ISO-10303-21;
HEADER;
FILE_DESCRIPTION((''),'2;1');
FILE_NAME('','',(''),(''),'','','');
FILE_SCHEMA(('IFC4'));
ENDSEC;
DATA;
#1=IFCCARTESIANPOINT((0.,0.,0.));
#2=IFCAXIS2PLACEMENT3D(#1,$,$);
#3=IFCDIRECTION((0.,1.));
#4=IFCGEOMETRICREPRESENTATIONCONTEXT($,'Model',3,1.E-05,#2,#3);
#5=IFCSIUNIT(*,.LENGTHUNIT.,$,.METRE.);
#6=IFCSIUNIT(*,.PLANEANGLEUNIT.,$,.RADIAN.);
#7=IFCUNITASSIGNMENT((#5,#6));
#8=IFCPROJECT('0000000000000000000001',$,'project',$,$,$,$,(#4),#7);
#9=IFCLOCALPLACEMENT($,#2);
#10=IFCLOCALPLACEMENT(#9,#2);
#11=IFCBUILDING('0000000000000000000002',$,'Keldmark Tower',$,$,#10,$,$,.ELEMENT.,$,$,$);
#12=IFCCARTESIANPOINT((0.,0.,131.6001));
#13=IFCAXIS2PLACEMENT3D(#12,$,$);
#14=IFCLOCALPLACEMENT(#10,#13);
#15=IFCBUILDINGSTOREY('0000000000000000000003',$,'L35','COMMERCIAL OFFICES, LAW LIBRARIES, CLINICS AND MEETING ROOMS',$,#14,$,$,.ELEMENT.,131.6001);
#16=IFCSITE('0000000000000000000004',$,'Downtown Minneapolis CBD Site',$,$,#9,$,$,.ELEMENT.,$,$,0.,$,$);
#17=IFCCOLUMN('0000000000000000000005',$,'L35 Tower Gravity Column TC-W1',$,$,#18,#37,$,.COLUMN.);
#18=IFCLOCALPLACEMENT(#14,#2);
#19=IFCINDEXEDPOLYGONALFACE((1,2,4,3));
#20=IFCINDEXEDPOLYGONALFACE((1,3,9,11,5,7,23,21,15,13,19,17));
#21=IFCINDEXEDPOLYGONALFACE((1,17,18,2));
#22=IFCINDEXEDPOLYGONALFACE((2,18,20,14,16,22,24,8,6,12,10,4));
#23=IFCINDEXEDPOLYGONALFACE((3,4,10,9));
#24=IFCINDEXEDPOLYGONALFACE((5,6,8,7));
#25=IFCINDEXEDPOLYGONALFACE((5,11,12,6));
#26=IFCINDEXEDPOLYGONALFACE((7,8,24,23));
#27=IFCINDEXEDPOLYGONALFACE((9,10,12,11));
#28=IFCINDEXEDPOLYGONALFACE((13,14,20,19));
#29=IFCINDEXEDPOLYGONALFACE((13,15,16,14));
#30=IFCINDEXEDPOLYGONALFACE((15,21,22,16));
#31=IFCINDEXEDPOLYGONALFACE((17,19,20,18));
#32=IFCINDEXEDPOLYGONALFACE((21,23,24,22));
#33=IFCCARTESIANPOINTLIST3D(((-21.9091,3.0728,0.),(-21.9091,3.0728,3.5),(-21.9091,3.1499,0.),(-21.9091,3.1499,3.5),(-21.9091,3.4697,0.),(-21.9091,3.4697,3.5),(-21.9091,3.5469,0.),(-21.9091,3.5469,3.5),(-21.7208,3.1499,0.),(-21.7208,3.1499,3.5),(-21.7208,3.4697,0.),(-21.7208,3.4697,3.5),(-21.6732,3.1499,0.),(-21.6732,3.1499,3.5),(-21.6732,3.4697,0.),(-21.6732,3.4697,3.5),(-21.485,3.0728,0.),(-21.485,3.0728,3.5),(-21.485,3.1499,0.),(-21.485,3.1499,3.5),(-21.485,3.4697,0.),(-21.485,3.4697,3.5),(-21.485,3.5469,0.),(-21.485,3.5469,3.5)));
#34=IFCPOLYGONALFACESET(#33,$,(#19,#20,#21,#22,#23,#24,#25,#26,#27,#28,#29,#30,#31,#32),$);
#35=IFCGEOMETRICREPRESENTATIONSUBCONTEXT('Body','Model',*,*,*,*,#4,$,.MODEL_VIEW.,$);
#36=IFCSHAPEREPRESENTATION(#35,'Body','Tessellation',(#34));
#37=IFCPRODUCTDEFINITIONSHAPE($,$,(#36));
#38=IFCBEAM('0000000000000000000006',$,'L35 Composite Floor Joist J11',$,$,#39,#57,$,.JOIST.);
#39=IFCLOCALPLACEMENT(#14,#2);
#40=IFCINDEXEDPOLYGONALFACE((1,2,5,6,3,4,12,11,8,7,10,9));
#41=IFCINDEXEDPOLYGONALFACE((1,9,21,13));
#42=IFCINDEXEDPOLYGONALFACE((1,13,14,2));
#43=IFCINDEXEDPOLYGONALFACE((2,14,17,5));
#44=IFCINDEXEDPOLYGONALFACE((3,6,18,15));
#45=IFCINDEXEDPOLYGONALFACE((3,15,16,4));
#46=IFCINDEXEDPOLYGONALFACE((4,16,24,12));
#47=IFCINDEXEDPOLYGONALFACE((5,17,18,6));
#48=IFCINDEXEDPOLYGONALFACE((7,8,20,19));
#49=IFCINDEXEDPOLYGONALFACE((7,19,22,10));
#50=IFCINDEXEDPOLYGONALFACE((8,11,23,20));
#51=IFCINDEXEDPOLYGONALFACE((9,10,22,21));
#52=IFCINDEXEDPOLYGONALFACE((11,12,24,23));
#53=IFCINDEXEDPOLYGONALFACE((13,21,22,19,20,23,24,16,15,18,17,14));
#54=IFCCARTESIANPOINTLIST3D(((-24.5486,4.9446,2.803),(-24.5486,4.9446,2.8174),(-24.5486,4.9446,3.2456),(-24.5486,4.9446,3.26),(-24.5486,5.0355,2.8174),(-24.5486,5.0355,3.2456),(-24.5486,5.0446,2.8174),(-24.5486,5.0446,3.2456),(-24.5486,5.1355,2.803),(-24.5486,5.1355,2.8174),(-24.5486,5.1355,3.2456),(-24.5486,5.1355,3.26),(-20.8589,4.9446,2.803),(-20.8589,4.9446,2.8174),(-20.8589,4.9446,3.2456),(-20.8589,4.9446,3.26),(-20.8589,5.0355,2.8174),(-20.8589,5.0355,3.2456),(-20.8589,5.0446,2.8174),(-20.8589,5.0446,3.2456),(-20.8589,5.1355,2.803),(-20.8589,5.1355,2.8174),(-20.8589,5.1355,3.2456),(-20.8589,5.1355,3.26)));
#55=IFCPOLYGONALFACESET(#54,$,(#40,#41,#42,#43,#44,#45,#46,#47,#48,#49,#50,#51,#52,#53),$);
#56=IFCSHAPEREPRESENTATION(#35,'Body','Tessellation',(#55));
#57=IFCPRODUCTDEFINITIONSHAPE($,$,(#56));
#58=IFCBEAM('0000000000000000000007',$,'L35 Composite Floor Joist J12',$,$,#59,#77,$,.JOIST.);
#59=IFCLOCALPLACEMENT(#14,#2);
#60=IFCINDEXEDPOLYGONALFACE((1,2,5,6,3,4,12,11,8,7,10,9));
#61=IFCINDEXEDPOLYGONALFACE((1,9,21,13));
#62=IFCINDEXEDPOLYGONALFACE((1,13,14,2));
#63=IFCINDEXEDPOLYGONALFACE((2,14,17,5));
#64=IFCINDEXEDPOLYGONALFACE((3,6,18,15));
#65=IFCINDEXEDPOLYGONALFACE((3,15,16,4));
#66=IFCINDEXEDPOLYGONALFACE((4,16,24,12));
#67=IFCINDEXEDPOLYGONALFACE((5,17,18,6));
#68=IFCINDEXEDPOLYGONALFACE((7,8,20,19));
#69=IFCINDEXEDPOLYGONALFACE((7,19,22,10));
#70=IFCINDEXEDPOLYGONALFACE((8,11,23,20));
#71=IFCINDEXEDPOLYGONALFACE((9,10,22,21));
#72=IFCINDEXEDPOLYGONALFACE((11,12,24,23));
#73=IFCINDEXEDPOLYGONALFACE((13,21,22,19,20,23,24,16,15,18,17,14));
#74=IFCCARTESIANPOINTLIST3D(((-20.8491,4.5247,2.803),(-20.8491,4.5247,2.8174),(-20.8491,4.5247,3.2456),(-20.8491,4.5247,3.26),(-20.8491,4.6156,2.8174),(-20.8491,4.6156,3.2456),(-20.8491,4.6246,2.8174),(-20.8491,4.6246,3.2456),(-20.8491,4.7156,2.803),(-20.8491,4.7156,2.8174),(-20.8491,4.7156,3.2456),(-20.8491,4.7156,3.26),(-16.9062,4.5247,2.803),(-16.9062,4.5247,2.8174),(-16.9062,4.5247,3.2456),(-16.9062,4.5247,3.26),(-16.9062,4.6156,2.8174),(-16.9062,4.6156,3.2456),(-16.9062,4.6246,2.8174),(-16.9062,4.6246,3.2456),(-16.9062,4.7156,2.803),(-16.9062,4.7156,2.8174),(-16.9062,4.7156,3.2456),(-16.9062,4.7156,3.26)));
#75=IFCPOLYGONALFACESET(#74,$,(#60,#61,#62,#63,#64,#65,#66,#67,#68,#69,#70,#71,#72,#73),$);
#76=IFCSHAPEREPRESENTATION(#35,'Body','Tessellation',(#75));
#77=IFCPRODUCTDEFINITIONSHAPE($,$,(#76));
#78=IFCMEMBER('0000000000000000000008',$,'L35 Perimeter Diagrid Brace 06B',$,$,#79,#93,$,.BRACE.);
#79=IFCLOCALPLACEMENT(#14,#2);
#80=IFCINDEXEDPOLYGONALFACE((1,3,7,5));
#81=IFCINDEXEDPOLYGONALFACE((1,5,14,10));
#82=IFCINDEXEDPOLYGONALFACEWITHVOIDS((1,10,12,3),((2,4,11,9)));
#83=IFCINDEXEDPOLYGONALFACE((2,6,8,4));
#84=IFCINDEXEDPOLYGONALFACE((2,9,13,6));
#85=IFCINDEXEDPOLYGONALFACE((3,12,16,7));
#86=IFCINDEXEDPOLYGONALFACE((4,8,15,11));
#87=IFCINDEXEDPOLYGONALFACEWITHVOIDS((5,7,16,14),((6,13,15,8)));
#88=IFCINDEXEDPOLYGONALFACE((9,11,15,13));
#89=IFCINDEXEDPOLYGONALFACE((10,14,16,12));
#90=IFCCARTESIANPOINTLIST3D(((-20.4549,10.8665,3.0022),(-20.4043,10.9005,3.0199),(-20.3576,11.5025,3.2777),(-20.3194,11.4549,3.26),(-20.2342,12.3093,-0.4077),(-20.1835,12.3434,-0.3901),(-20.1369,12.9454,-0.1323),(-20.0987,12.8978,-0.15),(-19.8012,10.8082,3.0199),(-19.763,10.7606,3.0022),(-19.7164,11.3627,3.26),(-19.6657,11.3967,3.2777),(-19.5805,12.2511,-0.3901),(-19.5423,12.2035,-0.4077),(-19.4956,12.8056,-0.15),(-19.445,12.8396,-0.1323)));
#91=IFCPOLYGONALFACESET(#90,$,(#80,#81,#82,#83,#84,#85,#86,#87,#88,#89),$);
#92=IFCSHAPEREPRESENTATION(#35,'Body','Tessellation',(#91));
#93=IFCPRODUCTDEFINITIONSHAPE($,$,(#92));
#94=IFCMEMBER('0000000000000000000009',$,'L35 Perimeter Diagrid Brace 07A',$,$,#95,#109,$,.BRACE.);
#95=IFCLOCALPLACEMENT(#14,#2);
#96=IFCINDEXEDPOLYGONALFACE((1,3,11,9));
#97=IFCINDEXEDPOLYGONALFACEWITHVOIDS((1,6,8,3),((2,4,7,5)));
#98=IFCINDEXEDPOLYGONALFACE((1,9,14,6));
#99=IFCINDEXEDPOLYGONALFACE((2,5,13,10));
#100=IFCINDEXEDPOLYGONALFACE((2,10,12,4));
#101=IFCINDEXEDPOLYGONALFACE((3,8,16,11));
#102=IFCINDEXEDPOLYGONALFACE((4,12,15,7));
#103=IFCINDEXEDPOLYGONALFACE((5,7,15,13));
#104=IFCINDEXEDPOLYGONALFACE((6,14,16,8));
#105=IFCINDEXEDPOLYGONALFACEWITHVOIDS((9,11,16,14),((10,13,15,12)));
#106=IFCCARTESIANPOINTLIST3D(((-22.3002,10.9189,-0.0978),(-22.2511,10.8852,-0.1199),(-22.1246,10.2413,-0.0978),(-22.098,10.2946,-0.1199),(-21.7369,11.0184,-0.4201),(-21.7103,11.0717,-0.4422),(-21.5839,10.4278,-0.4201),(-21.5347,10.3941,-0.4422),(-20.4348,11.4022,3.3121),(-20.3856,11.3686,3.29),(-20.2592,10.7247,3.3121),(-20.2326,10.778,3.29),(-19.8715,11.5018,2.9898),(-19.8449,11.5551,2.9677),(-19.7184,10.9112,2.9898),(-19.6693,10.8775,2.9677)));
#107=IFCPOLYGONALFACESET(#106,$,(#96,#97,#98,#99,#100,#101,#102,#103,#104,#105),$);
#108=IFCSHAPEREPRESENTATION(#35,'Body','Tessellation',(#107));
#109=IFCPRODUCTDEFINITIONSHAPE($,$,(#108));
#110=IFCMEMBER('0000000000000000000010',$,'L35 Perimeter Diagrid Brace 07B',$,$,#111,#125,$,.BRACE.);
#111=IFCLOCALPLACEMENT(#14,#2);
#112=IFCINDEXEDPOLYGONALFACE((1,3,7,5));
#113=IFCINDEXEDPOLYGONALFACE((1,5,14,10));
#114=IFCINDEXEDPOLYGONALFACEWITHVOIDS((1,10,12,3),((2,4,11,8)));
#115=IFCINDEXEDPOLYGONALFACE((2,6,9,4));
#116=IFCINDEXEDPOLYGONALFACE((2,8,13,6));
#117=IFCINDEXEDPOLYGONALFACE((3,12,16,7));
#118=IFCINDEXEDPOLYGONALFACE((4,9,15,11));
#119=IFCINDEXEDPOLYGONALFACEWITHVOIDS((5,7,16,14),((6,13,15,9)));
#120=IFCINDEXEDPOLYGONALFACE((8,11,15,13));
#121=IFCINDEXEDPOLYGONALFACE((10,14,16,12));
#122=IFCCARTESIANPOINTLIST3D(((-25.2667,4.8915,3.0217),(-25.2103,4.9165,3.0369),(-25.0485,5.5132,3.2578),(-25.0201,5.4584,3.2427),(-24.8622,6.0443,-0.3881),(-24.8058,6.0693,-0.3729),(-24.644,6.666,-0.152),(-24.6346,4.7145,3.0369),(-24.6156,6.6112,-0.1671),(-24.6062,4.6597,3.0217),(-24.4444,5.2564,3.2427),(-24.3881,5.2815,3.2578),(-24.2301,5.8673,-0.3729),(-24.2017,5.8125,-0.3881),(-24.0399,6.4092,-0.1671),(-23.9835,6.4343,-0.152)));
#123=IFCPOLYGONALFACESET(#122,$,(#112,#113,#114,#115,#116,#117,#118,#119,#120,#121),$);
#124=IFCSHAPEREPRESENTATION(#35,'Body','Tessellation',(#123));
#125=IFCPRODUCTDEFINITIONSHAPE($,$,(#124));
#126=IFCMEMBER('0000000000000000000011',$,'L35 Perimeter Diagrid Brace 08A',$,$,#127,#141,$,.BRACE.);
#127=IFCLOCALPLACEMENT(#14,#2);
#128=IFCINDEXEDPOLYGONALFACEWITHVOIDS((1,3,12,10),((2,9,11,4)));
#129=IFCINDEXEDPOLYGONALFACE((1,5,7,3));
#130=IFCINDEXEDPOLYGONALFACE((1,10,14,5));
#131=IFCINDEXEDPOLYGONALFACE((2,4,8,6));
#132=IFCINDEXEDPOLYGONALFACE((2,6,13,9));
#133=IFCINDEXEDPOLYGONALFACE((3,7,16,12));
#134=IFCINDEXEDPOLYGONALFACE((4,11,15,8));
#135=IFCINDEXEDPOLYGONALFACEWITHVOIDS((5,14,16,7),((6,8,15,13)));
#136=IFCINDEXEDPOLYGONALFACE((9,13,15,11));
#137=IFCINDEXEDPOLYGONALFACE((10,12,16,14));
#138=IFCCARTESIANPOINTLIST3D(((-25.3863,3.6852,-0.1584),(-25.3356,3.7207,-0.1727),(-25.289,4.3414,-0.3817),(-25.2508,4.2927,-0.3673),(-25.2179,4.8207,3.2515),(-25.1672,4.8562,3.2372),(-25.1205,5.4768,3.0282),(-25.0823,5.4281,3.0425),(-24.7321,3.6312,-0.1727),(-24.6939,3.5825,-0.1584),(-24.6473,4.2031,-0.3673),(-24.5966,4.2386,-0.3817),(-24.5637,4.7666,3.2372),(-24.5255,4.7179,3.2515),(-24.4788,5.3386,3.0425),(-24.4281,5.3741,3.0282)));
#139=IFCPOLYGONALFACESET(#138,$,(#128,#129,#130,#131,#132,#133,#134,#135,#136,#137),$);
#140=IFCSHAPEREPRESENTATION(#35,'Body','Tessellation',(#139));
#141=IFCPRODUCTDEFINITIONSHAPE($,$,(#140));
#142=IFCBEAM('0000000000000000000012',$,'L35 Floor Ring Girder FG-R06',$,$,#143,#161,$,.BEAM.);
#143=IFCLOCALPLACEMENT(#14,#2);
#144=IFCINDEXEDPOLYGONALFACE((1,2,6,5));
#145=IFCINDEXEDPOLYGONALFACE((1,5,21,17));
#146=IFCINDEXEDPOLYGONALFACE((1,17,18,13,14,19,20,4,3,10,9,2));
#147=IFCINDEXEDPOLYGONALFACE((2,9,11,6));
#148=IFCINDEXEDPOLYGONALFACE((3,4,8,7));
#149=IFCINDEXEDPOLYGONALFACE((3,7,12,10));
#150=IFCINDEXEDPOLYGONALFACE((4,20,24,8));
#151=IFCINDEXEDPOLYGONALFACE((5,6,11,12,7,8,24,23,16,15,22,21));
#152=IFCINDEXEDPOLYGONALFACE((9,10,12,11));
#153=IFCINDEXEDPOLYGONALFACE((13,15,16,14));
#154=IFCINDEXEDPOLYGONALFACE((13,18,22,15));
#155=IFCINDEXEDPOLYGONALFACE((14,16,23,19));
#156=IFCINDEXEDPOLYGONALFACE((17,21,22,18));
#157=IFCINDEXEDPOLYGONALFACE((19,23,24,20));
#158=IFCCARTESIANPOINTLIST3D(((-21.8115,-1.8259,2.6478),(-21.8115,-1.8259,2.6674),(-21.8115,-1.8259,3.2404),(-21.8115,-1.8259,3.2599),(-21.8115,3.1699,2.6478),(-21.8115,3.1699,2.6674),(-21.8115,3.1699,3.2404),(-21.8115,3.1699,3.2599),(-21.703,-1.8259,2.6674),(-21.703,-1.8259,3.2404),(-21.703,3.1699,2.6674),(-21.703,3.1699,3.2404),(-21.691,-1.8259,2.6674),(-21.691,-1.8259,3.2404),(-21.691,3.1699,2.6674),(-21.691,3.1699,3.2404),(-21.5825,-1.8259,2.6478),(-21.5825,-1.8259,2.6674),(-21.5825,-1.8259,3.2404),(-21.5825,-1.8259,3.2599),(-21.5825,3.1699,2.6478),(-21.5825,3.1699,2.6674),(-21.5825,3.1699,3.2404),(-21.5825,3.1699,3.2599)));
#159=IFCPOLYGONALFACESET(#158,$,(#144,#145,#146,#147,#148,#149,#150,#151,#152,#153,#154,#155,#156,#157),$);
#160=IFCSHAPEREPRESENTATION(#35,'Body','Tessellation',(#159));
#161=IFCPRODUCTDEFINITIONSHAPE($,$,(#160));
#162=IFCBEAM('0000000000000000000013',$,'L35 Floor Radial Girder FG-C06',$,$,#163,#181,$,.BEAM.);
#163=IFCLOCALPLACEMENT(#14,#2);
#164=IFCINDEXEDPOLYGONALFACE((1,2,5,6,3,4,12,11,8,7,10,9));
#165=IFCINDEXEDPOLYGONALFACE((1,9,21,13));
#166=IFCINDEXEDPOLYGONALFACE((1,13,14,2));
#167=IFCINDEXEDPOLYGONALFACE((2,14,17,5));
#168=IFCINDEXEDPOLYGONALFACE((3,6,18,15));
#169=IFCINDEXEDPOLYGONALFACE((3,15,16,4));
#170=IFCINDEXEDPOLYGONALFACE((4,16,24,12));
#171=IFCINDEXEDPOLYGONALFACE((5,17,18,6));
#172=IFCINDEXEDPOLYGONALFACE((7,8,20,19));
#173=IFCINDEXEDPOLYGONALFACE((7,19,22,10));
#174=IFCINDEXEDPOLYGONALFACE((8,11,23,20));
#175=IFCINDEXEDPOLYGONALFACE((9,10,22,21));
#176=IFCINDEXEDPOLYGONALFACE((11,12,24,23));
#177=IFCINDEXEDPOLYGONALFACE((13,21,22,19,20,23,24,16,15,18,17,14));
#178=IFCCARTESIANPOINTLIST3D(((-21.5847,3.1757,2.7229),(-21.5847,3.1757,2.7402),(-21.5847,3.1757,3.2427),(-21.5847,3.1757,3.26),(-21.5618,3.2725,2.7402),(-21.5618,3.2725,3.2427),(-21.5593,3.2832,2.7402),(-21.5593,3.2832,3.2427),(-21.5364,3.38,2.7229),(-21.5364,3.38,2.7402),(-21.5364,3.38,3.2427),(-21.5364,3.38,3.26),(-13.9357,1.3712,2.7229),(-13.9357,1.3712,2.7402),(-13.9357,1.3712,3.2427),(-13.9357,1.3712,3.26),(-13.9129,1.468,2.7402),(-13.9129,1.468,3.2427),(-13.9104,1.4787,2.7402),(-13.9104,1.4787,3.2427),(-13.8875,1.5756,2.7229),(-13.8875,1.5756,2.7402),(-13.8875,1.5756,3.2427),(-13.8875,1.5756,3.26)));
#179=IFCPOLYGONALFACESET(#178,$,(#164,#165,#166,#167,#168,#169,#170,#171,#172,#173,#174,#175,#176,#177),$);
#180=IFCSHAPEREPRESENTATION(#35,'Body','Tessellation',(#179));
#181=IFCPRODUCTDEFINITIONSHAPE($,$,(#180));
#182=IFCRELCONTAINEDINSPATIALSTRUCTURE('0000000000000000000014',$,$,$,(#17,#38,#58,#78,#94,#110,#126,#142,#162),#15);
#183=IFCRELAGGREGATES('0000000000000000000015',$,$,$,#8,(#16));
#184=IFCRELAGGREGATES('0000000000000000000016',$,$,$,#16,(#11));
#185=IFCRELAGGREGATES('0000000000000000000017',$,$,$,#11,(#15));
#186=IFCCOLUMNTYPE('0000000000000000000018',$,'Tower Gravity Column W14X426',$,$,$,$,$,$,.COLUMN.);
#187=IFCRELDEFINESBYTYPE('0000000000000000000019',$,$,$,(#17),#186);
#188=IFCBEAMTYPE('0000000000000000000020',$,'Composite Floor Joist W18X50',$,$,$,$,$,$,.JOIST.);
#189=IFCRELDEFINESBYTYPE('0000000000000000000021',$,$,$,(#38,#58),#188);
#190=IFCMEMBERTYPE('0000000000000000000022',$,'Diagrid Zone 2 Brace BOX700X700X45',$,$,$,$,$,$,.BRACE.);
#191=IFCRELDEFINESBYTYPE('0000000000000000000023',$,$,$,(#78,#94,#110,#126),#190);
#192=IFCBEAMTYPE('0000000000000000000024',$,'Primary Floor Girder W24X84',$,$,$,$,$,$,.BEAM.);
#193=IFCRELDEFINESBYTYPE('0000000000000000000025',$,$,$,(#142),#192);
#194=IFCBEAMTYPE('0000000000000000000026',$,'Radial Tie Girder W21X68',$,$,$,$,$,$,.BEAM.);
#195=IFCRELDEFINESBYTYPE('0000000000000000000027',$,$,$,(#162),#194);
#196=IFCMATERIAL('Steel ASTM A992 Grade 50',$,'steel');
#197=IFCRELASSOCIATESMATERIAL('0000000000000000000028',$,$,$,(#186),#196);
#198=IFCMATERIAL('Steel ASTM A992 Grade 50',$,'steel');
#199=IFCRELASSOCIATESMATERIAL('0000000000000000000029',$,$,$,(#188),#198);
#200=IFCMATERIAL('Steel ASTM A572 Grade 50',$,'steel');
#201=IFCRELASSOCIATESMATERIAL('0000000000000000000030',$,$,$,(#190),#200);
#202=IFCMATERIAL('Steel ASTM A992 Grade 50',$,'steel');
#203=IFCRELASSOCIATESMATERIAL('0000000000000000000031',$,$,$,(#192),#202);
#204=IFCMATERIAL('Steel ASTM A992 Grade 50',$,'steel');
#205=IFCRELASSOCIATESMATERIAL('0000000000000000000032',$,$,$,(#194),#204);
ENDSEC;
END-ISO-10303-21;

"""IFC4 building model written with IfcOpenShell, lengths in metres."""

from ifc_helpers import new_model, si_unit, direction, frame, origin, origin_2d, place, context, subcontext, project, spatial, hollow_rectangle, i_section, extrude, material, material_profile, profile_set, type_object, element, save


model = new_model("IFC4")

# Units and contexts
model_context = context("Model", 3, precision=1e-05, world=origin(), true_north=direction((0.0, 1.0)))
body_context = subcontext(model_context, "Body", "Model", "MODEL_VIEW")
ifc_project = project(units=[si_unit("LENGTHUNIT", "METRE"), si_unit("PLANEANGLEUNIT", "RADIAN")], contexts=[model_context])

# Site, building, storey
site_placement = place(None, origin())
site = spatial("IfcSite", under=ifc_project, at=site_placement, Name="Downtown Minneapolis CBD Site", CompositionType="ELEMENT", RefElevation=0.0)
building_placement = place(site_placement, origin())
building = spatial("IfcBuilding", under=site, at=building_placement, Name="Keldmark Tower", CompositionType="ELEMENT")
storey_placement = place(building_placement, frame((0.0, 0.0, 131.6001)))
storey = spatial("IfcBuildingStorey", under=building, at=storey_placement, Name="L35", Description="COMMERCIAL OFFICES, LAW LIBRARIES, CLINICS AND MEETING ROOMS", CompositionType="ELEMENT", Elevation=131.6001)

# Column
ifc_material_1 = material(Name="Steel ASTM A992 Grade 50", Category="steel")
ifc_material_profile_1 = material_profile(ifc_material_1, i_section(OverallWidth=0.4241, OverallDepth=0.4741, WebThickness=0.0476, FlangeThickness=0.0771, at=origin_2d()), Name="W14X426")
ifc_profile_set_1 = profile_set([ifc_material_profile_1], Name="Steel ASTM A992 Grade 50")
column_type = type_object("IfcColumnType", Name="Tower Gravity Column W14X426", PredefinedType="COLUMN", material=ifc_profile_set_1)
column_placement = place(storey_placement, frame((-21.697, 3.3098, 0.0), z_axis=(0.0, 0.0, 1.0), x_axis=(1.0, 0.0, 0.0)))
element("IfcColumn", 1, at=column_placement, inside=storey, type_object=column_type, Name="L35 Tower Gravity Column TC-W1", PredefinedType="COLUMN", context=body_context, shape_type="SweptSolid", body=[
    extrude(i_section(OverallWidth=0.4241, OverallDepth=0.4741, WebThickness=0.0476, FlangeThickness=0.0771, at=origin_2d()), origin(), (0.0, 0.0, 1.0), 3.5),
])

# Beams
ifc_material_2 = material(Name="Steel ASTM A992 Grade 50", Category="steel")
ifc_material_profile_2 = material_profile(ifc_material_2, i_section(OverallWidth=0.1909, OverallDepth=0.457, WebThickness=0.009, FlangeThickness=0.0144, at=origin_2d()), Name="W18X50")
ifc_profile_set_2 = profile_set([ifc_material_profile_2], Name="Steel ASTM A992 Grade 50")
beam_type_1 = type_object("IfcBeamType", Name="Composite Floor Joist W18X50", PredefinedType="JOIST", material=ifc_profile_set_2)
beam_1_placement = place(storey_placement, frame((-24.5486, 5.04, 3.0315), z_axis=(1.0, 0.0, 0.0), x_axis=(0.0, 1.0, 0.0)))
element("IfcBeam", 2, at=beam_1_placement, inside=storey, type_object=beam_type_1, Name="L35 Composite Floor Joist J11", PredefinedType="JOIST", context=body_context, shape_type="SweptSolid", body=[
    extrude(i_section(OverallWidth=0.1909, OverallDepth=0.457, WebThickness=0.009, FlangeThickness=0.0144, at=origin_2d()), origin(), (0.0, 0.0, 1.0), 3.6897),
])
beam_2_placement = place(storey_placement, frame((-20.8491, 4.6201, 3.0315), z_axis=(1.0, 0.0, 0.0), x_axis=(0.0, 1.0, 0.0)))
element("IfcBeam", 3, at=beam_2_placement, inside=storey, type_object=beam_type_1, Name="L35 Composite Floor Joist J12", PredefinedType="JOIST", context=body_context, shape_type="SweptSolid", body=[
    extrude(i_section(OverallWidth=0.1909, OverallDepth=0.457, WebThickness=0.009, FlangeThickness=0.0144, at=origin_2d()), origin(), (0.0, 0.0, 1.0), 3.9429),
])

# Members
ifc_material_3 = material(Name="Steel ASTM A572 Grade 50", Category="steel")
ifc_material_profile_3 = material_profile(ifc_material_3, hollow_rectangle(XDim=0.7, YDim=0.7, WallThickness=0.0449, at=origin_2d()), Name="BOX700X700X45")
ifc_profile_set_3 = profile_set([ifc_material_profile_3], Name="Steel ASTM A572 Grade 50")
member_type = type_object("IfcMemberType", Name="Diagrid Zone 2 Brace BOX700X700X45", PredefinedType="BRACE", material=ifc_profile_set_3)
member_1_placement = place(storey_placement, frame((-19.8396, 12.5745, -0.27), z_axis=(-0.059502, -0.388999, 0.919315), x_axis=(0.988503, -0.151202, 0.0)))
element("IfcMember", 4, at=member_1_placement, inside=storey, type_object=member_type, Name="L35 Perimeter Diagrid Brace 06B", PredefinedType="BRACE", context=body_context, shape_type="SweptSolid", body=[
    extrude(hollow_rectangle(XDim=0.7, YDim=0.7, WallThickness=0.0449, at=origin_2d()), origin(), (0.0, 0.0, 1.0), 3.7092),
])
member_2_placement = place(storey_placement, frame((-21.9175, 10.6565, -0.27), z_axis=(0.476278, 0.123417, 0.87059), x_axis=(-0.250843, 0.968028, 0.0)))
element("IfcMember", 5, at=member_2_placement, inside=storey, type_object=member_type, Name="L35 Perimeter Diagrid Brace 07A", PredefinedType="BRACE", context=body_context, shape_type="SweptSolid", body=[
    extrude(hollow_rectangle(XDim=0.7, YDim=0.7, WallThickness=0.0449, at=origin_2d()), origin(), (0.0, 0.0, 1.0), 3.9167),
])
member_3_placement = place(storey_placement, frame((-24.4229, 6.2393, -0.27), z_axis=(-0.111684, -0.31827, 0.941398), x_axis=(0.94359, -0.331116, 0.0)))
element("IfcMember", 6, at=member_3_placement, inside=storey, type_object=member_type, Name="L35 Perimeter Diagrid Brace 07B", PredefinedType="BRACE", context=body_context, shape_type="SweptSolid", body=[
    extrude(hollow_rectangle(XDim=0.7, YDim=0.7, WallThickness=0.0449, at=origin_2d()), origin(), (0.0, 0.0, 1.0), 3.6221),
])
member_4_placement = place(storey_placement, frame((-24.9915, 3.9619, -0.27), z_axis=(0.04682, 0.315596, 0.947738), x_axis=(-0.989174, 0.146749, 0.0)))
element("IfcMember", 7, at=member_4_placement, inside=storey, type_object=member_type, Name="L35 Perimeter Diagrid Brace 08A", PredefinedType="BRACE", context=body_context, shape_type="SweptSolid", body=[
    extrude(hollow_rectangle(XDim=0.7, YDim=0.7, WallThickness=0.0449, at=origin_2d()), origin(), (0.0, 0.0, 1.0), 3.5979),
])

# Beams
ifc_material_4 = material(Name="Steel ASTM A992 Grade 50", Category="steel")
ifc_material_profile_4 = material_profile(ifc_material_4, i_section(OverallWidth=0.229, OverallDepth=0.6121, WebThickness=0.012, FlangeThickness=0.0195, at=origin_2d()), Name="W24X84")
ifc_profile_set_4 = profile_set([ifc_material_profile_4], Name="Steel ASTM A992 Grade 50")
beam_type_2 = type_object("IfcBeamType", Name="Primary Floor Girder W24X84", PredefinedType="BEAM", material=ifc_profile_set_4)
beam_3_placement = place(storey_placement, frame((-21.697, 3.1699, 2.9539), z_axis=(0.0, -1.0, 0.0), x_axis=(1.0, 0.0, 0.0)))
element("IfcBeam", 8, at=beam_3_placement, inside=storey, type_object=beam_type_2, Name="L35 Floor Ring Girder FG-R06", PredefinedType="BEAM", context=body_context, shape_type="SweptSolid", body=[
    extrude(i_section(OverallWidth=0.229, OverallDepth=0.6121, WebThickness=0.012, FlangeThickness=0.0195, at=origin_2d()), origin(), (0.0, 0.0, 1.0), 4.9958),
])
ifc_material_5 = material(Name="Steel ASTM A992 Grade 50", Category="steel")
ifc_material_profile_5 = material_profile(ifc_material_5, i_section(OverallWidth=0.21, OverallDepth=0.5371, WebThickness=0.011, FlangeThickness=0.0173, at=origin_2d()), Name="W21X68")
ifc_profile_set_5 = profile_set([ifc_material_profile_5], Name="Steel ASTM A992 Grade 50")
beam_type_3 = type_object("IfcBeamType", Name="Radial Tie Girder W21X68", PredefinedType="BEAM", material=ifc_profile_set_5)
beam_4_placement = place(storey_placement, frame((-21.5605, 3.2778, 2.9915), z_axis=(0.973284, -0.229606, 0.0), x_axis=(0.229606, 0.973284, 0.0)))
element("IfcBeam", 9, at=beam_4_placement, inside=storey, type_object=beam_type_3, Name="L35 Floor Radial Girder FG-C06", PredefinedType="BEAM", context=body_context, shape_type="SweptSolid", body=[
    extrude(i_section(OverallWidth=0.21, OverallDepth=0.5371, WebThickness=0.011, FlangeThickness=0.0173, at=origin_2d()), origin(), (0.0, 0.0, 1.0), 7.8589),
])

save(model, "model.ifc")
